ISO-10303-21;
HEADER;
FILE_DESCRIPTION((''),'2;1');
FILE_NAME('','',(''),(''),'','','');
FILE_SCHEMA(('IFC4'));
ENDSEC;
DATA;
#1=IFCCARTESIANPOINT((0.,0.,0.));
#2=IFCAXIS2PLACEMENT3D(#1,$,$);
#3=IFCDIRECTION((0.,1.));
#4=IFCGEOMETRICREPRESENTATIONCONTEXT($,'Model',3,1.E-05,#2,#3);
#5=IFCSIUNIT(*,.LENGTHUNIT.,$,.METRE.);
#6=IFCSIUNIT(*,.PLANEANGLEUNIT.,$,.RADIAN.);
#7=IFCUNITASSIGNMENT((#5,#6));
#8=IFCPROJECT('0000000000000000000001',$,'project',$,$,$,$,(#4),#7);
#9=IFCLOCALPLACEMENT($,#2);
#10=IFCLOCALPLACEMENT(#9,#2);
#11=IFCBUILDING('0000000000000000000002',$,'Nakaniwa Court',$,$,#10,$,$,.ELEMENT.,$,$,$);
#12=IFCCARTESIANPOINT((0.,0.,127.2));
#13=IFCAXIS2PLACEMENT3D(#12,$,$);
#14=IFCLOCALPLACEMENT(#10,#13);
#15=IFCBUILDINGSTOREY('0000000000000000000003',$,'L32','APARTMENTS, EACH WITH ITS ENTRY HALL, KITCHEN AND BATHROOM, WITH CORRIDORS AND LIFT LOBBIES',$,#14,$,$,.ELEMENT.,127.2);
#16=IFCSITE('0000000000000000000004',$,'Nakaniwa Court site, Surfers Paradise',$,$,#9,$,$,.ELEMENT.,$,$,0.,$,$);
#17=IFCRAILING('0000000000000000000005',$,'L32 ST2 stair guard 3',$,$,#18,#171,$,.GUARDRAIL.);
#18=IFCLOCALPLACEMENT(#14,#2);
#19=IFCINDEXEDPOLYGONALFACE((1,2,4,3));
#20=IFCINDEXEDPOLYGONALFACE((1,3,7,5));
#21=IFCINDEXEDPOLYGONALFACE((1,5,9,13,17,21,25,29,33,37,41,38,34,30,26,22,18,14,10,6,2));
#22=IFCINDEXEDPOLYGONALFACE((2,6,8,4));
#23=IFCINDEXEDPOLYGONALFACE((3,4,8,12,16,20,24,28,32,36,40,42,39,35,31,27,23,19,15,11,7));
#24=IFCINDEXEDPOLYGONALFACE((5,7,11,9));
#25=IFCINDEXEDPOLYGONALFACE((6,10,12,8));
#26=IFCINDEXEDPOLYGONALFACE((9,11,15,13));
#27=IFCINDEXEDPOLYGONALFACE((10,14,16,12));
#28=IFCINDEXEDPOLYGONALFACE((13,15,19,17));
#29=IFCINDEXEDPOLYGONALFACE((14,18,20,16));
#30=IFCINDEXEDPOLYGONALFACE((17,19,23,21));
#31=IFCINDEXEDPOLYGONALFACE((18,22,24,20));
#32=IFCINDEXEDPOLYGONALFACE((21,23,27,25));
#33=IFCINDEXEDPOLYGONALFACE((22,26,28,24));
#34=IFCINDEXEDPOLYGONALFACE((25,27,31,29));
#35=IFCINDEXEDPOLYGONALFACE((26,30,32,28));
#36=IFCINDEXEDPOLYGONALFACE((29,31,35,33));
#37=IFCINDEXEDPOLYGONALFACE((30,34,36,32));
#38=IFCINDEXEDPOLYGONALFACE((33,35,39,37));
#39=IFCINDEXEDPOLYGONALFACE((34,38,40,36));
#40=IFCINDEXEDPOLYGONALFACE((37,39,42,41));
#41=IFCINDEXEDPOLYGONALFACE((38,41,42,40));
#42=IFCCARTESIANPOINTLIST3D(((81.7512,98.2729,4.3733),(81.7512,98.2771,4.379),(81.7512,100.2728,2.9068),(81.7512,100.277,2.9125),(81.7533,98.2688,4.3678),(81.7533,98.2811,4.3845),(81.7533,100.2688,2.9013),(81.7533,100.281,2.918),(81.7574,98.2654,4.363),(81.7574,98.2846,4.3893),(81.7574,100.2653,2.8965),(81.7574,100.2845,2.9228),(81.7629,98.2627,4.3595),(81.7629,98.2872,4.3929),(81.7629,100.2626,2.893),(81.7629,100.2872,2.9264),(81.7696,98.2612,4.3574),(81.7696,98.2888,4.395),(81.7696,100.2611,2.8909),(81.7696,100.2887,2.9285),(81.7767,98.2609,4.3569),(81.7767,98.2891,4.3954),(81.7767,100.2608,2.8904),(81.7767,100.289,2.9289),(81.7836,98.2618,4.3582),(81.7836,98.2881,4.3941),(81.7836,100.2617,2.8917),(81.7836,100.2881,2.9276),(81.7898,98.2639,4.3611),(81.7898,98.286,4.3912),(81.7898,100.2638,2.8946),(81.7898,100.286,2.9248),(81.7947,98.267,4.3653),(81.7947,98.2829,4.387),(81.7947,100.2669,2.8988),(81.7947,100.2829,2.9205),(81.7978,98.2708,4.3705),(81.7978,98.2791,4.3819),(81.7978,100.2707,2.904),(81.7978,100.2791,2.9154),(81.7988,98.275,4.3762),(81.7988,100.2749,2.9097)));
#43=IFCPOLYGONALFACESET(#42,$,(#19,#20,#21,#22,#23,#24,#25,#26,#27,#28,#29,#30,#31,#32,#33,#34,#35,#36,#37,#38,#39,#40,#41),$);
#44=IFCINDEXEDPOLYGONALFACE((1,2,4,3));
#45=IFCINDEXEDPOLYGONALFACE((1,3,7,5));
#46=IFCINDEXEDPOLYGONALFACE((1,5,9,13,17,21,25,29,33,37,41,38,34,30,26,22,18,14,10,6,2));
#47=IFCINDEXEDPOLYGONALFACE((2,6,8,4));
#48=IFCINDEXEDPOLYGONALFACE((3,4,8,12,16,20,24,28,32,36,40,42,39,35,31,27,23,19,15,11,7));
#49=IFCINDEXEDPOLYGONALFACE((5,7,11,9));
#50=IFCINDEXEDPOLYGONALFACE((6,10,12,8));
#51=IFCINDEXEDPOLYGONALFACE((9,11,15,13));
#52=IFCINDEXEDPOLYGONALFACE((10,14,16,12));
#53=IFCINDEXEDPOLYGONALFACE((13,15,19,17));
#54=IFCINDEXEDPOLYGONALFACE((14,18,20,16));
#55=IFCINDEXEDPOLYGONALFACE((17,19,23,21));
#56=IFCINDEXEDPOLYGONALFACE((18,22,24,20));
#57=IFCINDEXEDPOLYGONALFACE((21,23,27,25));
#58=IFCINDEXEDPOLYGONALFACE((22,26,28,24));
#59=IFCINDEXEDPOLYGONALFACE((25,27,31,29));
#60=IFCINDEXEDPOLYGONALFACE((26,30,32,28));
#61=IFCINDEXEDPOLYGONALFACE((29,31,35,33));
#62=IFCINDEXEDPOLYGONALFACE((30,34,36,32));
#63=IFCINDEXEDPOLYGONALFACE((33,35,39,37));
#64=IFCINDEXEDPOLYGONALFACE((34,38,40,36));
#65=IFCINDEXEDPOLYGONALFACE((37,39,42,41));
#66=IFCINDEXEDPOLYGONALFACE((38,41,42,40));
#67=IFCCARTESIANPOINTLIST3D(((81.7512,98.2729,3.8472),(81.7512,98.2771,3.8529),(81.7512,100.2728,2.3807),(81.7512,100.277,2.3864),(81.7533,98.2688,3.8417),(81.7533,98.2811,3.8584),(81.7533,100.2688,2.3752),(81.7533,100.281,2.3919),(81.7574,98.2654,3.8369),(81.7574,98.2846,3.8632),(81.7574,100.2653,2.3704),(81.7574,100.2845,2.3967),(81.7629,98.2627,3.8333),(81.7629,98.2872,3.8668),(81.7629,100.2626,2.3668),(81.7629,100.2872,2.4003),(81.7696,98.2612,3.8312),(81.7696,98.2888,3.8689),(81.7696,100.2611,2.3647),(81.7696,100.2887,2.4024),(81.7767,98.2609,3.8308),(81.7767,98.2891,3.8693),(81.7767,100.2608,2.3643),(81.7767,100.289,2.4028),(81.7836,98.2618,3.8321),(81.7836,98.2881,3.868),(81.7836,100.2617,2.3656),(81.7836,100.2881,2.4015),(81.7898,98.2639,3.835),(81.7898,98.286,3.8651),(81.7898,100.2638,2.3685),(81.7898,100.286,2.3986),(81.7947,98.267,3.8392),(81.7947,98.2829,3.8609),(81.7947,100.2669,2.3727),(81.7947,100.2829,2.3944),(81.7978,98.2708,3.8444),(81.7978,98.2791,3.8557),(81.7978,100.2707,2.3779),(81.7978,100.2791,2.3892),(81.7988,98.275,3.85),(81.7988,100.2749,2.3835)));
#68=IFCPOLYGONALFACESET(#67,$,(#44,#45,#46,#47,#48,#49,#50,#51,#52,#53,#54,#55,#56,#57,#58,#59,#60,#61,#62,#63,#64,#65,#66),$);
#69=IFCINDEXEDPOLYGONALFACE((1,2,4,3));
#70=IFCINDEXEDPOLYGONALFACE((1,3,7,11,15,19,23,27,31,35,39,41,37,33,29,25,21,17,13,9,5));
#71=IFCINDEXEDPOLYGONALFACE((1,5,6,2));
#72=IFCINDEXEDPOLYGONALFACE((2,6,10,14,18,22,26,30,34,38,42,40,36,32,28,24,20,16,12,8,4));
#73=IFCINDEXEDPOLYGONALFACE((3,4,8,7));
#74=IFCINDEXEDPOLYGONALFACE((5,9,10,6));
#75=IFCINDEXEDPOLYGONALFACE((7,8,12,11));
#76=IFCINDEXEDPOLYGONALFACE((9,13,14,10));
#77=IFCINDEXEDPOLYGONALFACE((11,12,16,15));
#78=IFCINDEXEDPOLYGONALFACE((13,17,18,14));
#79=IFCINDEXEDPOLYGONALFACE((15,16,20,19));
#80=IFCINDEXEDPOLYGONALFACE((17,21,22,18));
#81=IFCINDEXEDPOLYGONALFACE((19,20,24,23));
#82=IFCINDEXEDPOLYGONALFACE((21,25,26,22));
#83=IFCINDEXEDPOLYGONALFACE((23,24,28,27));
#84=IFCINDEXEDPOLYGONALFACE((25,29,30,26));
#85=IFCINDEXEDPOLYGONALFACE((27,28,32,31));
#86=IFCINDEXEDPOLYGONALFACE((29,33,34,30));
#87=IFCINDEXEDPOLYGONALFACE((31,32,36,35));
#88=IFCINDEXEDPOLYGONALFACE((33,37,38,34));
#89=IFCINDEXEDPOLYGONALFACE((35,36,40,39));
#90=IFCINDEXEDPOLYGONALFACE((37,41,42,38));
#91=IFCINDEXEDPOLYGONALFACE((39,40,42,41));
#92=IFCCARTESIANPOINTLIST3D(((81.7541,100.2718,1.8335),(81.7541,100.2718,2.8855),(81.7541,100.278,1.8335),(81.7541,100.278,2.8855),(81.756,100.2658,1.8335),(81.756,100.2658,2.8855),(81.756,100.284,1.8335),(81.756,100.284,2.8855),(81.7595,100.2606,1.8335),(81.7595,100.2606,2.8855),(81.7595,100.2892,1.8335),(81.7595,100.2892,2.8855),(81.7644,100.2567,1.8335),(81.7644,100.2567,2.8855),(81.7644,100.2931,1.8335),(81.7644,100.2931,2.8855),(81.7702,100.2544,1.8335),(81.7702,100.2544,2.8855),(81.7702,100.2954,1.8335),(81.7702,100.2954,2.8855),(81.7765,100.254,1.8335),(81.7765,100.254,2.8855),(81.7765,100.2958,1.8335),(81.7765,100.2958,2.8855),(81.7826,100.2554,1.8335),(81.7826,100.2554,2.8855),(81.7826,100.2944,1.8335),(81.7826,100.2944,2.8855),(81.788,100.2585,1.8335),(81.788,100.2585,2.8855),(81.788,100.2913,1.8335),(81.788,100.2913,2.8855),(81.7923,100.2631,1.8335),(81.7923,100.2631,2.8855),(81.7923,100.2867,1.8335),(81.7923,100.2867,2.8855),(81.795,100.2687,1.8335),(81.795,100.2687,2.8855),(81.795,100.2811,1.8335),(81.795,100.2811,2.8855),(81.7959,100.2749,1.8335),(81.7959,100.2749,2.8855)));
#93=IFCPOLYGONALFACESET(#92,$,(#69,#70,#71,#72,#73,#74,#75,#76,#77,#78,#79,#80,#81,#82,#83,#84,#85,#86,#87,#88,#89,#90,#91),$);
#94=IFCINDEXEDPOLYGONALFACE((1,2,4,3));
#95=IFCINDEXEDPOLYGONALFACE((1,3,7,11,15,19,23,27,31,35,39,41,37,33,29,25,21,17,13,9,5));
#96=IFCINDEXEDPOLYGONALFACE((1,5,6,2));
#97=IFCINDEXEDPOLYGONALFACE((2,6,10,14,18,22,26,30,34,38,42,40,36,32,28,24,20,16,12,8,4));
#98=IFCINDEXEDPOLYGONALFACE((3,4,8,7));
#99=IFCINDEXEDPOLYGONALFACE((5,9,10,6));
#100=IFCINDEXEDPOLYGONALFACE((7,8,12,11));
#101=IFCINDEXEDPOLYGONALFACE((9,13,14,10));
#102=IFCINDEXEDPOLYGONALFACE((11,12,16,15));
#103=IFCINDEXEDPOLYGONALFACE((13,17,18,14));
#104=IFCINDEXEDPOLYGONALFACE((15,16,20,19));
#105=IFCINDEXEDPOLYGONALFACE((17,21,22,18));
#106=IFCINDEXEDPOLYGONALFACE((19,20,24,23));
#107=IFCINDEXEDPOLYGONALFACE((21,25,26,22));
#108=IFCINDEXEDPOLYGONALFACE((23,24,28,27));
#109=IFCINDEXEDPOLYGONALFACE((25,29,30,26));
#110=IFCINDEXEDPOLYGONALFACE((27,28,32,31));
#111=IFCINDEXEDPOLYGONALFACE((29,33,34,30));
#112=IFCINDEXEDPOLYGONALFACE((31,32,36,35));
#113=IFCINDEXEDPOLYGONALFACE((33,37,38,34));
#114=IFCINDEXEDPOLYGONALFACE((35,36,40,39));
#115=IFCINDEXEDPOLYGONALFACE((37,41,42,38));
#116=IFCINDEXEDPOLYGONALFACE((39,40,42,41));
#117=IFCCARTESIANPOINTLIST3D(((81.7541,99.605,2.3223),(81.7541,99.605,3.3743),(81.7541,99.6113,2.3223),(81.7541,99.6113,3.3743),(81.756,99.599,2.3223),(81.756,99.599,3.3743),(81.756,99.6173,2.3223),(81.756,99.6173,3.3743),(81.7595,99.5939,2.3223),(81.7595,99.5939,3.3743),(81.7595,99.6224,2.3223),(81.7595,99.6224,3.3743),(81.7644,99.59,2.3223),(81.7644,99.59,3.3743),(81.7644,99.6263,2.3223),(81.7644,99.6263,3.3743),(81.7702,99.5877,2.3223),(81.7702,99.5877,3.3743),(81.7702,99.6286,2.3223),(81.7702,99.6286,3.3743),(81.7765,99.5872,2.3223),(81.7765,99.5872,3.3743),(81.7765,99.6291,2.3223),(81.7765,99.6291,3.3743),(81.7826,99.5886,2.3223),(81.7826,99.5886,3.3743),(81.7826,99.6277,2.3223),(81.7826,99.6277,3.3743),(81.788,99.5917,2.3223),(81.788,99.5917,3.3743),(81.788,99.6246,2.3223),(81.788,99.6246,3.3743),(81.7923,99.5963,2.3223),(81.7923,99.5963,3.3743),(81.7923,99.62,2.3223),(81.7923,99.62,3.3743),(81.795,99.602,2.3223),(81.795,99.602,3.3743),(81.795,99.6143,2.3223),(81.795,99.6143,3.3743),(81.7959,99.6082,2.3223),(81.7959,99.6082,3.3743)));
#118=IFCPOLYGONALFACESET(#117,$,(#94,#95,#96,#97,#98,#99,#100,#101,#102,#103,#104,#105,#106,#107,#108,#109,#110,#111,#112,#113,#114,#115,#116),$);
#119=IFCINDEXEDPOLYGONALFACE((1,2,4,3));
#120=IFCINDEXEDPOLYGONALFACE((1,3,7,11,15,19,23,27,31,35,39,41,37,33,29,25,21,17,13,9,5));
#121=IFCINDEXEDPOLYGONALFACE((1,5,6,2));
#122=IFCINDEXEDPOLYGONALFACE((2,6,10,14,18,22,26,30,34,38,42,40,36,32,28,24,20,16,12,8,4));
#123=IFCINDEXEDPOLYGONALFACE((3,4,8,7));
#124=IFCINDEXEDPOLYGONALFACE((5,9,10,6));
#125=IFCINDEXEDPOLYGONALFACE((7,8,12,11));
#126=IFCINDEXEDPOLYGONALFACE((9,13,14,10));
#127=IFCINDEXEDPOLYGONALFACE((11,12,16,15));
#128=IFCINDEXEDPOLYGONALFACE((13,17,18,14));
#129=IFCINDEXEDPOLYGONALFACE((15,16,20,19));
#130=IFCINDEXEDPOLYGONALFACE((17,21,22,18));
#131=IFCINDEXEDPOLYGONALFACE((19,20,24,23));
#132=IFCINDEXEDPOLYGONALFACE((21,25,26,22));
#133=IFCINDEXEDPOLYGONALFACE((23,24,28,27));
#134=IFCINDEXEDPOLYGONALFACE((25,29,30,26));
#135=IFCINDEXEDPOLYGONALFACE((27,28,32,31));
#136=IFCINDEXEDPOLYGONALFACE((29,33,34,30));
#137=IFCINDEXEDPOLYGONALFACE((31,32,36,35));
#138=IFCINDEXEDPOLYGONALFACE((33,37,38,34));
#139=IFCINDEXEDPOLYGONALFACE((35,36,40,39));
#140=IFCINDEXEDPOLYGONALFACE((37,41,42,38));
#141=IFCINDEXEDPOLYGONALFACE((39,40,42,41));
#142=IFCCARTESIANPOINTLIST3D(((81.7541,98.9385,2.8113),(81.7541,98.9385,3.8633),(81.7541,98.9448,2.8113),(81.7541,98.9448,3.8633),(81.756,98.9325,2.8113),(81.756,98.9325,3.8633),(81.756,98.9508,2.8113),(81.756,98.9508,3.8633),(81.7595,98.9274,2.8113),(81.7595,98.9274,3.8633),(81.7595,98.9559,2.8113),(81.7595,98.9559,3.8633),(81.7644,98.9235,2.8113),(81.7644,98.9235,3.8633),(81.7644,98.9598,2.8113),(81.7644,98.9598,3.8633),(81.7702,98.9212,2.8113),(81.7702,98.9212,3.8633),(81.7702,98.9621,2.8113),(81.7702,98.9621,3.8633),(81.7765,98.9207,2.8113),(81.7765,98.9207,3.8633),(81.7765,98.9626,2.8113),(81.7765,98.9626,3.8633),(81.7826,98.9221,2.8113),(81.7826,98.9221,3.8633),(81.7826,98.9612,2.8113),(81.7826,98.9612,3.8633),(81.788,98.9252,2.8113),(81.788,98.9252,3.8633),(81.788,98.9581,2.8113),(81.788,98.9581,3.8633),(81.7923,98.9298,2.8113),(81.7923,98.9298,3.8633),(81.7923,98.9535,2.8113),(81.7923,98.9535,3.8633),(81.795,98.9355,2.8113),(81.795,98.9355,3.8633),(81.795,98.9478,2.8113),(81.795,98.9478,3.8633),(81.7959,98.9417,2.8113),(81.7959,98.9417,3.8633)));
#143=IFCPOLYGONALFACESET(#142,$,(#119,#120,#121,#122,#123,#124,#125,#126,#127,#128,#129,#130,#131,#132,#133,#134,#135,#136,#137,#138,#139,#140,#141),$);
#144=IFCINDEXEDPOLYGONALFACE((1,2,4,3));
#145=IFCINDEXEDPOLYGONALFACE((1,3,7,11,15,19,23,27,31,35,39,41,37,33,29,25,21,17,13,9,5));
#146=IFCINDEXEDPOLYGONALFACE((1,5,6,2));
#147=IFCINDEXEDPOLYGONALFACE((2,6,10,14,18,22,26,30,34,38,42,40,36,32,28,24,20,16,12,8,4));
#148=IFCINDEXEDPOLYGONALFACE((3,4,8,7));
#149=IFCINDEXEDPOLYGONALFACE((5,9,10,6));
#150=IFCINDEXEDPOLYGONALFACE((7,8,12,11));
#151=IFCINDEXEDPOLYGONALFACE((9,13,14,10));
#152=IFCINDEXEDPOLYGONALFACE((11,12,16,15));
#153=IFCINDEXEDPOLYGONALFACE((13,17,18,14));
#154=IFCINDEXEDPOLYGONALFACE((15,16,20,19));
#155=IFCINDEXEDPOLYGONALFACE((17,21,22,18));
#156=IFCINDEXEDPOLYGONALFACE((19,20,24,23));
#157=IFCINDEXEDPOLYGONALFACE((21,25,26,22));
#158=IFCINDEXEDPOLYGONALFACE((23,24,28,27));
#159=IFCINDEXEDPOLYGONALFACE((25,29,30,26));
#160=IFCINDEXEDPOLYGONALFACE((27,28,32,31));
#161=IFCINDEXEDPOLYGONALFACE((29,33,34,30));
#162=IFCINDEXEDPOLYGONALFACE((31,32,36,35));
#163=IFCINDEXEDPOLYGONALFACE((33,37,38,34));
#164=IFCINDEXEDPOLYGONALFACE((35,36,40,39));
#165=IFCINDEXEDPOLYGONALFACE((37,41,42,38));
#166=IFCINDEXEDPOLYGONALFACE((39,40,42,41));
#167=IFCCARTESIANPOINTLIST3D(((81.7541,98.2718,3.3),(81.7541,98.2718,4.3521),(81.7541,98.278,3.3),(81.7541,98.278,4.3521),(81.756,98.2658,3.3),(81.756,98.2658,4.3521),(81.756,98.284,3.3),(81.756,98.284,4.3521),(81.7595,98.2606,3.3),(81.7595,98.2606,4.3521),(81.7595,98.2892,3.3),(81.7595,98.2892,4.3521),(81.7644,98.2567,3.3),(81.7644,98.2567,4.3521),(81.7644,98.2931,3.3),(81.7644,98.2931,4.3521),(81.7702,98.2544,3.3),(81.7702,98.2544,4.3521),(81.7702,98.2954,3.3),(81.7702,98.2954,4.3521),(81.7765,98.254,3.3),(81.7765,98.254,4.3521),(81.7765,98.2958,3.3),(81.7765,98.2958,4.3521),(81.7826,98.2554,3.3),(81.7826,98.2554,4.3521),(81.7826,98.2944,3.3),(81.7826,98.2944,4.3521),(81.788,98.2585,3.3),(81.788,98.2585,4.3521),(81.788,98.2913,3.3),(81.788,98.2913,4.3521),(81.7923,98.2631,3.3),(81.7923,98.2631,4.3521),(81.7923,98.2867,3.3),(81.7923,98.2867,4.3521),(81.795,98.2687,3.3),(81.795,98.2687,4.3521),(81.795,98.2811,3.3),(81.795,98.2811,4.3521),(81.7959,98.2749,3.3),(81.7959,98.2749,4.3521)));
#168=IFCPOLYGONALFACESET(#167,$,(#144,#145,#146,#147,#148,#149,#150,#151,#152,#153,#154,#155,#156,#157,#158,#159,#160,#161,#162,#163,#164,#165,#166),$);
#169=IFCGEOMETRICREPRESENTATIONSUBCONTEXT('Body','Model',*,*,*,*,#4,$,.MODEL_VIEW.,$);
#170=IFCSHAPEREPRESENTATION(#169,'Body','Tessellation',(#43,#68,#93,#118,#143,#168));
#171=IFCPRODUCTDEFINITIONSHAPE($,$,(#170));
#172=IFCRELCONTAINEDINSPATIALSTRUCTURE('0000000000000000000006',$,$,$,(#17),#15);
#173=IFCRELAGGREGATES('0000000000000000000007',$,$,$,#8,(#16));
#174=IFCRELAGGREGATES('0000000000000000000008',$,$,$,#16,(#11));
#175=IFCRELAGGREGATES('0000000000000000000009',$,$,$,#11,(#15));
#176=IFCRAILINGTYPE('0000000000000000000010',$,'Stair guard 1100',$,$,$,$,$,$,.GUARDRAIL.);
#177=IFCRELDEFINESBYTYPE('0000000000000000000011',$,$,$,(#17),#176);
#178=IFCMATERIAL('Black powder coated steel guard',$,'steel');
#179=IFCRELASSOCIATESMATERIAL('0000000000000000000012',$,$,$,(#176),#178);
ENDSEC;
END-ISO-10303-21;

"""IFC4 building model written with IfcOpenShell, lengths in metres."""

from ifc_helpers import new_model, si_unit, direction, frame, origin, origin_2d, place, context, subcontext, project, spatial, circle, extrude, material, type_object, element, save


model = new_model("IFC4")

# Units and contexts
model_context = context("Model", 3, precision=1e-05, world=origin(), true_north=direction((0.0, 1.0)))
body_context = subcontext(model_context, "Body", "Model", "MODEL_VIEW")
ifc_project = project(units=[si_unit("LENGTHUNIT", "METRE"), si_unit("PLANEANGLEUNIT", "RADIAN")], contexts=[model_context])

# Site, building, storey
site_placement = place(None, origin())
site = spatial("IfcSite", under=ifc_project, at=site_placement, Name="Nakaniwa Court site, Surfers Paradise", CompositionType="ELEMENT", RefElevation=0.0)
building_placement = place(site_placement, origin())
building = spatial("IfcBuilding", under=site, at=building_placement, Name="Nakaniwa Court", CompositionType="ELEMENT")
storey_placement = place(building_placement, frame((0.0, 0.0, 127.2)))
storey = spatial("IfcBuildingStorey", under=building, at=storey_placement, Name="L32", Description="APARTMENTS, EACH WITH ITS ENTRY HALL, KITCHEN AND BATHROOM, WITH CORRIDORS AND LIFT LOBBIES", CompositionType="ELEMENT", Elevation=127.2)

# Railing
ifc_material_1 = material(Name="Black powder coated steel guard", Category="steel")
railing_type_1 = type_object("IfcRailingType", Name="Stair guard 1100", PredefinedType="GUARDRAIL", material=ifc_material_1)
railing_1_placement = place(storey_placement, frame((81.7749, 100.2749, 1.8335)))
element("IfcRailing", 1, at=railing_1_placement, inside=storey, type_object=railing_type_1, Name="L32 ST2 stair guard 3", PredefinedType="GUARDRAIL", context=body_context, shape_type="SweptSolid", body=[
    extrude(circle(Radius=0.0239, at=origin_2d()), frame((0.0, 0.0, 1.0762), z_axis=(0.0, -0.806427, 0.591334), x_axis=(1.0, 0.0, 0.0)), (0.0, 0.0, 1.0), 2.48),
    extrude(circle(Radius=0.0239, at=origin_2d()), frame((0.0, 0.0, 0.55), z_axis=(0.0, -0.806427, 0.591334), x_axis=(1.0, 0.0, 0.0)), (0.0, 0.0, 1.0), 2.48),
    extrude(circle(Radius=0.021, at=origin_2d()), origin(), (0.0, 0.0, 1.0), 1.052),
    extrude(circle(Radius=0.021, at=origin_2d()), frame((0.0, -0.6667, 0.4888)), (0.0, 0.0, 1.0), 1.052),
    extrude(circle(Radius=0.021, at=origin_2d()), frame((0.0, -1.3333, 0.9778)), (0.0, 0.0, 1.0), 1.052),
    extrude(circle(Radius=0.021, at=origin_2d()), frame((0.0, -2.0, 1.4666)), (0.0, 0.0, 1.0), 1.052),
])

save(model, "model.ifc")
